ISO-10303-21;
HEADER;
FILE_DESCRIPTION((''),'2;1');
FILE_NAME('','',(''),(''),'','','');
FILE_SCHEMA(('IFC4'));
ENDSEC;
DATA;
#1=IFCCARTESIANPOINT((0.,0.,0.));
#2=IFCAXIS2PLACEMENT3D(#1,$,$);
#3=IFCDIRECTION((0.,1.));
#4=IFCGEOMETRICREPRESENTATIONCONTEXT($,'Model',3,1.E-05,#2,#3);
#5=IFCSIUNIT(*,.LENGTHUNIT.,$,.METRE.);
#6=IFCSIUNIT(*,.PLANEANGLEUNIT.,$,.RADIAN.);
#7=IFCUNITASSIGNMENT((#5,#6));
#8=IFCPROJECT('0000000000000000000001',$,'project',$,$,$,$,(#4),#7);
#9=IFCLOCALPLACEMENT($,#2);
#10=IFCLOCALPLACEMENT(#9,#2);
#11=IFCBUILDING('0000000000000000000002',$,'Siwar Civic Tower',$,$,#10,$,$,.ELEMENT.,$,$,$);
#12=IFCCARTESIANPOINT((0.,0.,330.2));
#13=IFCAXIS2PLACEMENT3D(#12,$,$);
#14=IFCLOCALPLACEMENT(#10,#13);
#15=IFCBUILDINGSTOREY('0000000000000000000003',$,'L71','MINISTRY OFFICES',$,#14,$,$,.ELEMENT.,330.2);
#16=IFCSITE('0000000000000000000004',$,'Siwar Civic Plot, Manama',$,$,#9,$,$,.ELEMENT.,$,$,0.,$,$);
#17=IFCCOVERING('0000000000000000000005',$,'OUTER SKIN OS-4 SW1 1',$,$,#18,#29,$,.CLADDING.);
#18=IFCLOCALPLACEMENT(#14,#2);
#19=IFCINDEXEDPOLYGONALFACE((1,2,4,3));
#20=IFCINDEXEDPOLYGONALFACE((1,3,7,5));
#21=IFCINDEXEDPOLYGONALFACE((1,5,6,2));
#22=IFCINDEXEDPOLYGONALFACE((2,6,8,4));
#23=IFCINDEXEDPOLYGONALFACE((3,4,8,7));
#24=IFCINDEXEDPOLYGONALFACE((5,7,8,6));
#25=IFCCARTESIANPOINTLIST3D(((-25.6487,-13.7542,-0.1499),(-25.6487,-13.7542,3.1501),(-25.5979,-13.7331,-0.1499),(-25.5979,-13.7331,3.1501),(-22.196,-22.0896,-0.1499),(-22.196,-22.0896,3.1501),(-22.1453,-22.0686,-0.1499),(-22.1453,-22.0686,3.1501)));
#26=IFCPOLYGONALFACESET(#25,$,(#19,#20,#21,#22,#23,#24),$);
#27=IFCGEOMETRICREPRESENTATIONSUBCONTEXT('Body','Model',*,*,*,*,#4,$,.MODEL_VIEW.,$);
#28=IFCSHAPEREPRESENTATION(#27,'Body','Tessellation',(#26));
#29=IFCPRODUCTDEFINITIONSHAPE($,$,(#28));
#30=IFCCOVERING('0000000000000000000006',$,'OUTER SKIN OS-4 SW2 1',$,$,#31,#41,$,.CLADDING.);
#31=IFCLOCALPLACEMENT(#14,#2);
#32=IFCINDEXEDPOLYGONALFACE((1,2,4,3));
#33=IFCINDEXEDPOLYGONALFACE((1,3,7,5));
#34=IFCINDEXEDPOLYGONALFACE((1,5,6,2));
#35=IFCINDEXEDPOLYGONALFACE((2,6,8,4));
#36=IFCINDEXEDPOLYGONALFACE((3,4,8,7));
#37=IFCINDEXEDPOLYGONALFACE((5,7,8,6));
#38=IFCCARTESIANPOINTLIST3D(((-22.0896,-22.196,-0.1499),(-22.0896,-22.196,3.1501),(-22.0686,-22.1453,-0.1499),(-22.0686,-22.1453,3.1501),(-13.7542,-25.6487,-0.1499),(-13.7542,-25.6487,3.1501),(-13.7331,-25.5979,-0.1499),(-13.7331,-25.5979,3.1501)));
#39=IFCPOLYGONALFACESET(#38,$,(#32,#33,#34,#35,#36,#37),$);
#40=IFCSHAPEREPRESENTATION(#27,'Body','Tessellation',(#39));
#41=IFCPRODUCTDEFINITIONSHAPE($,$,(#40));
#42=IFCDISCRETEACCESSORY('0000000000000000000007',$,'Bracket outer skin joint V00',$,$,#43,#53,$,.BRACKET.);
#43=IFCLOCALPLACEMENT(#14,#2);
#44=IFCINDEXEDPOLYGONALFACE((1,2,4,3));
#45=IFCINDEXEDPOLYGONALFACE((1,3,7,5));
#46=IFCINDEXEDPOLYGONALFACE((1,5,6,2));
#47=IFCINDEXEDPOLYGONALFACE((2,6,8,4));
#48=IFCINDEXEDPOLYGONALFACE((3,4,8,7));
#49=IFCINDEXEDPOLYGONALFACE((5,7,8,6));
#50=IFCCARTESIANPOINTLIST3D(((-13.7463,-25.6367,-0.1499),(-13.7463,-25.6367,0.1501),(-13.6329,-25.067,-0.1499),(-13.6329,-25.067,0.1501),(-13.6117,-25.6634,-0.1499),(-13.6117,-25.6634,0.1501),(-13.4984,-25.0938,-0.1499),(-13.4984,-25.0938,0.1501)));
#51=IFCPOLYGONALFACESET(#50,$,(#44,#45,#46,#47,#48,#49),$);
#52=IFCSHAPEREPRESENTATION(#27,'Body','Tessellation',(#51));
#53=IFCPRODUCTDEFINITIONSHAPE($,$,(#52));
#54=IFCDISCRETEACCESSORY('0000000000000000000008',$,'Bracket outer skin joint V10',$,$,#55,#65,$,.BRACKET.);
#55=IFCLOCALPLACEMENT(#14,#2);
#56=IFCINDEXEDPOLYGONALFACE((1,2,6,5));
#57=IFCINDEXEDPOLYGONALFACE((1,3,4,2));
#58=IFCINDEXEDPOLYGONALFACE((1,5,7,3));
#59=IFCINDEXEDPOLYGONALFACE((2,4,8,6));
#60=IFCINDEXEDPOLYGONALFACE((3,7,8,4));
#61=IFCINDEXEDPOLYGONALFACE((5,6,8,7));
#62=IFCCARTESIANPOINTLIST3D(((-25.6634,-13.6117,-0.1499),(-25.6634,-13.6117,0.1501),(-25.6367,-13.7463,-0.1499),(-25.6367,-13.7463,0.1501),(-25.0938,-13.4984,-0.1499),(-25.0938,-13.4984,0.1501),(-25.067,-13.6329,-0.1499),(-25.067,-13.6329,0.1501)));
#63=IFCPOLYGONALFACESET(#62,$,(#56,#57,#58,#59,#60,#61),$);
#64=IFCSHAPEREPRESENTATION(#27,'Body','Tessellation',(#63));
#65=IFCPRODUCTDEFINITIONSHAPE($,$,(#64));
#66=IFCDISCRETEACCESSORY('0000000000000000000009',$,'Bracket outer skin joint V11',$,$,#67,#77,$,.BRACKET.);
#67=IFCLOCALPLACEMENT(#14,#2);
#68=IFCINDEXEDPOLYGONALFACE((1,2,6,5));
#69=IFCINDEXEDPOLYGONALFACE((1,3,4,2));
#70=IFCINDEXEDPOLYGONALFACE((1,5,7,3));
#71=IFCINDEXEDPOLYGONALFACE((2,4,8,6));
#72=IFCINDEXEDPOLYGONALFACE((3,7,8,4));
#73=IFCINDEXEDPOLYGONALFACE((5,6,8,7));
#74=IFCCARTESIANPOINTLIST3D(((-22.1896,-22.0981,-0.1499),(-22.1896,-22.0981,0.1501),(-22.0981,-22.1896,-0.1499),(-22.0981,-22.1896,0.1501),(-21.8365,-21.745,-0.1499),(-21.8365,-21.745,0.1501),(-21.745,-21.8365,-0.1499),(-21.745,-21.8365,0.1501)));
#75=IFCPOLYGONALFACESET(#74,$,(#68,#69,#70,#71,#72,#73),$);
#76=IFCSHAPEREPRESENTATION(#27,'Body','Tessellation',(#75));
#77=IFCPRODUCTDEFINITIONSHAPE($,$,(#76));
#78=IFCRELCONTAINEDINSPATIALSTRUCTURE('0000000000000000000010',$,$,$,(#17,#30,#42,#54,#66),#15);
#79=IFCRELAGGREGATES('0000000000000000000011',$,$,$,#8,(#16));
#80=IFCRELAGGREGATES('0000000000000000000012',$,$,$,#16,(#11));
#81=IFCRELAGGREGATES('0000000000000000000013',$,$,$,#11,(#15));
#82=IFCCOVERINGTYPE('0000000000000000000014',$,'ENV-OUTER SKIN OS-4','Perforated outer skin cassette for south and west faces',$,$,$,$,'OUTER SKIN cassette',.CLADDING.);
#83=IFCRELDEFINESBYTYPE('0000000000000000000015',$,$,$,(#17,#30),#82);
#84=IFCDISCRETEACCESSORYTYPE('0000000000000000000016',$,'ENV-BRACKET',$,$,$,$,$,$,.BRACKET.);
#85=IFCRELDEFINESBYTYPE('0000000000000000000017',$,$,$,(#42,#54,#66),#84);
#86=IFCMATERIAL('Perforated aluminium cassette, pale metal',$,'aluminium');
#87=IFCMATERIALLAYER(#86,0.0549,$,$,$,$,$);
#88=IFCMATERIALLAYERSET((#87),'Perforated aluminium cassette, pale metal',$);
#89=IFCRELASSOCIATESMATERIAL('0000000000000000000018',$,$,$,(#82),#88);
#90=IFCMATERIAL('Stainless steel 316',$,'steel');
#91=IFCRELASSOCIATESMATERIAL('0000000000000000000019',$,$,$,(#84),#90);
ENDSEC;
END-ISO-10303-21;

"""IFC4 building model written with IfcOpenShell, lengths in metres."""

from ifc_helpers import new_model, si_unit, direction, frame, origin, origin_2d, place, context, subcontext, project, spatial, rectangle, extrude, material, layer, layer_set, type_object, element, save


model = new_model("IFC4")

# Units and contexts
model_context = context("Model", 3, precision=1e-05, world=origin(), true_north=direction((0.0, 1.0)))
body_context = subcontext(model_context, "Body", "Model", "MODEL_VIEW")
ifc_project = project(units=[si_unit("LENGTHUNIT", "METRE"), si_unit("PLANEANGLEUNIT", "RADIAN")], contexts=[model_context])

# Site, building, storey
site_placement = place(None, origin())
site = spatial("IfcSite", under=ifc_project, at=site_placement, Name="Siwar Civic Plot, Manama", CompositionType="ELEMENT", RefElevation=0.0)
building_placement = place(site_placement, origin())
building = spatial("IfcBuilding", under=site, at=building_placement, Name="Siwar Civic Tower", CompositionType="ELEMENT")
storey_placement = place(building_placement, frame((0.0, 0.0, 330.2)))
storey = spatial("IfcBuildingStorey", under=building, at=storey_placement, Name="L71", Description="MINISTRY OFFICES", CompositionType="ELEMENT", Elevation=330.2)

# Coverings
ifc_material_1 = material(Name="Perforated aluminium cassette, pale metal", Category="aluminium")
ifc_layer_1 = layer(ifc_material_1, 0.0549)
ifc_layer_set_1 = layer_set([ifc_layer_1], Name="Perforated aluminium cassette, pale metal")
covering_type = type_object("IfcCoveringType", Name="ENV-OUTER SKIN OS-4", Description="Perforated outer skin cassette for south and west faces", ElementType="OUTER SKIN cassette", PredefinedType="CLADDING", material=ifc_layer_set_1)
for number, where, z_axis, x_axis, name in (
    (1, (-23.897, -17.9114, -0.1499), (0.0, 0.0, 1.0), (0.382683, -0.92388, 0.0), "OUTER SKIN OS-4 SW1 1"),
    (2, (-17.9114, -23.897, -0.1499), (0.0, 0.0, 1.0), (0.92388, -0.382683, 0.0), "OUTER SKIN OS-4 SW2 1"),
):
    element("IfcCovering", number, at=place(storey_placement, frame(where, z_axis=z_axis, x_axis=x_axis)), inside=storey, type_object=covering_type, Name=name, PredefinedType="CLADDING", context=body_context, shape_type="SweptSolid", body=[
        extrude(rectangle(XDim=9.0222, YDim=0.0549, at=origin_2d()), origin(), (0.0, 0.0, 1.0), 3.3),
    ])

# Discrete accessories
ifc_material_2 = material(Name="Stainless steel 316", Category="steel")
discrete_accessory_type = type_object("IfcDiscreteAccessoryType", Name="ENV-BRACKET", PredefinedType="BRACKET", material=ifc_material_2)
for number, where, z_axis, x_axis, name in (
    (3, (-13.6223, -25.3652, -0.1499), (0.0, 0.0, 1.0), (-0.19509, -0.980785, 0.0), "Bracket outer skin joint V00"),
    (4, (-25.3652, -13.6223, -0.1499), (0.0, 0.0, 1.0), (-0.980785, -0.19509, 0.0), "Bracket outer skin joint V10"),
):
    element("IfcDiscreteAccessory", number, at=place(storey_placement, frame(where, z_axis=z_axis, x_axis=x_axis)), inside=storey, type_object=discrete_accessory_type, Name=name, PredefinedType="BRACKET", context=body_context, shape_type="SweptSolid", body=[
        extrude(rectangle(XDim=0.5808, YDim=0.1372, at=origin_2d()), origin(), (0.0, 0.0, 1.0), 0.3),
    ])
discrete_accessory_placement = place(storey_placement, frame((-21.9673, -21.9673, -0.1499), z_axis=(0.0, 0.0, 1.0), x_axis=(-0.707107, -0.707107, 0.0)))
element("IfcDiscreteAccessory", 5, at=discrete_accessory_placement, inside=storey, type_object=discrete_accessory_type, Name="Bracket outer skin joint V11", PredefinedType="BRACKET", context=body_context, shape_type="SweptSolid", body=[
    extrude(rectangle(XDim=0.4993, YDim=0.1294, at=origin_2d()), origin(), (0.0, 0.0, 1.0), 0.3),
])

save(model, "model.ifc")
